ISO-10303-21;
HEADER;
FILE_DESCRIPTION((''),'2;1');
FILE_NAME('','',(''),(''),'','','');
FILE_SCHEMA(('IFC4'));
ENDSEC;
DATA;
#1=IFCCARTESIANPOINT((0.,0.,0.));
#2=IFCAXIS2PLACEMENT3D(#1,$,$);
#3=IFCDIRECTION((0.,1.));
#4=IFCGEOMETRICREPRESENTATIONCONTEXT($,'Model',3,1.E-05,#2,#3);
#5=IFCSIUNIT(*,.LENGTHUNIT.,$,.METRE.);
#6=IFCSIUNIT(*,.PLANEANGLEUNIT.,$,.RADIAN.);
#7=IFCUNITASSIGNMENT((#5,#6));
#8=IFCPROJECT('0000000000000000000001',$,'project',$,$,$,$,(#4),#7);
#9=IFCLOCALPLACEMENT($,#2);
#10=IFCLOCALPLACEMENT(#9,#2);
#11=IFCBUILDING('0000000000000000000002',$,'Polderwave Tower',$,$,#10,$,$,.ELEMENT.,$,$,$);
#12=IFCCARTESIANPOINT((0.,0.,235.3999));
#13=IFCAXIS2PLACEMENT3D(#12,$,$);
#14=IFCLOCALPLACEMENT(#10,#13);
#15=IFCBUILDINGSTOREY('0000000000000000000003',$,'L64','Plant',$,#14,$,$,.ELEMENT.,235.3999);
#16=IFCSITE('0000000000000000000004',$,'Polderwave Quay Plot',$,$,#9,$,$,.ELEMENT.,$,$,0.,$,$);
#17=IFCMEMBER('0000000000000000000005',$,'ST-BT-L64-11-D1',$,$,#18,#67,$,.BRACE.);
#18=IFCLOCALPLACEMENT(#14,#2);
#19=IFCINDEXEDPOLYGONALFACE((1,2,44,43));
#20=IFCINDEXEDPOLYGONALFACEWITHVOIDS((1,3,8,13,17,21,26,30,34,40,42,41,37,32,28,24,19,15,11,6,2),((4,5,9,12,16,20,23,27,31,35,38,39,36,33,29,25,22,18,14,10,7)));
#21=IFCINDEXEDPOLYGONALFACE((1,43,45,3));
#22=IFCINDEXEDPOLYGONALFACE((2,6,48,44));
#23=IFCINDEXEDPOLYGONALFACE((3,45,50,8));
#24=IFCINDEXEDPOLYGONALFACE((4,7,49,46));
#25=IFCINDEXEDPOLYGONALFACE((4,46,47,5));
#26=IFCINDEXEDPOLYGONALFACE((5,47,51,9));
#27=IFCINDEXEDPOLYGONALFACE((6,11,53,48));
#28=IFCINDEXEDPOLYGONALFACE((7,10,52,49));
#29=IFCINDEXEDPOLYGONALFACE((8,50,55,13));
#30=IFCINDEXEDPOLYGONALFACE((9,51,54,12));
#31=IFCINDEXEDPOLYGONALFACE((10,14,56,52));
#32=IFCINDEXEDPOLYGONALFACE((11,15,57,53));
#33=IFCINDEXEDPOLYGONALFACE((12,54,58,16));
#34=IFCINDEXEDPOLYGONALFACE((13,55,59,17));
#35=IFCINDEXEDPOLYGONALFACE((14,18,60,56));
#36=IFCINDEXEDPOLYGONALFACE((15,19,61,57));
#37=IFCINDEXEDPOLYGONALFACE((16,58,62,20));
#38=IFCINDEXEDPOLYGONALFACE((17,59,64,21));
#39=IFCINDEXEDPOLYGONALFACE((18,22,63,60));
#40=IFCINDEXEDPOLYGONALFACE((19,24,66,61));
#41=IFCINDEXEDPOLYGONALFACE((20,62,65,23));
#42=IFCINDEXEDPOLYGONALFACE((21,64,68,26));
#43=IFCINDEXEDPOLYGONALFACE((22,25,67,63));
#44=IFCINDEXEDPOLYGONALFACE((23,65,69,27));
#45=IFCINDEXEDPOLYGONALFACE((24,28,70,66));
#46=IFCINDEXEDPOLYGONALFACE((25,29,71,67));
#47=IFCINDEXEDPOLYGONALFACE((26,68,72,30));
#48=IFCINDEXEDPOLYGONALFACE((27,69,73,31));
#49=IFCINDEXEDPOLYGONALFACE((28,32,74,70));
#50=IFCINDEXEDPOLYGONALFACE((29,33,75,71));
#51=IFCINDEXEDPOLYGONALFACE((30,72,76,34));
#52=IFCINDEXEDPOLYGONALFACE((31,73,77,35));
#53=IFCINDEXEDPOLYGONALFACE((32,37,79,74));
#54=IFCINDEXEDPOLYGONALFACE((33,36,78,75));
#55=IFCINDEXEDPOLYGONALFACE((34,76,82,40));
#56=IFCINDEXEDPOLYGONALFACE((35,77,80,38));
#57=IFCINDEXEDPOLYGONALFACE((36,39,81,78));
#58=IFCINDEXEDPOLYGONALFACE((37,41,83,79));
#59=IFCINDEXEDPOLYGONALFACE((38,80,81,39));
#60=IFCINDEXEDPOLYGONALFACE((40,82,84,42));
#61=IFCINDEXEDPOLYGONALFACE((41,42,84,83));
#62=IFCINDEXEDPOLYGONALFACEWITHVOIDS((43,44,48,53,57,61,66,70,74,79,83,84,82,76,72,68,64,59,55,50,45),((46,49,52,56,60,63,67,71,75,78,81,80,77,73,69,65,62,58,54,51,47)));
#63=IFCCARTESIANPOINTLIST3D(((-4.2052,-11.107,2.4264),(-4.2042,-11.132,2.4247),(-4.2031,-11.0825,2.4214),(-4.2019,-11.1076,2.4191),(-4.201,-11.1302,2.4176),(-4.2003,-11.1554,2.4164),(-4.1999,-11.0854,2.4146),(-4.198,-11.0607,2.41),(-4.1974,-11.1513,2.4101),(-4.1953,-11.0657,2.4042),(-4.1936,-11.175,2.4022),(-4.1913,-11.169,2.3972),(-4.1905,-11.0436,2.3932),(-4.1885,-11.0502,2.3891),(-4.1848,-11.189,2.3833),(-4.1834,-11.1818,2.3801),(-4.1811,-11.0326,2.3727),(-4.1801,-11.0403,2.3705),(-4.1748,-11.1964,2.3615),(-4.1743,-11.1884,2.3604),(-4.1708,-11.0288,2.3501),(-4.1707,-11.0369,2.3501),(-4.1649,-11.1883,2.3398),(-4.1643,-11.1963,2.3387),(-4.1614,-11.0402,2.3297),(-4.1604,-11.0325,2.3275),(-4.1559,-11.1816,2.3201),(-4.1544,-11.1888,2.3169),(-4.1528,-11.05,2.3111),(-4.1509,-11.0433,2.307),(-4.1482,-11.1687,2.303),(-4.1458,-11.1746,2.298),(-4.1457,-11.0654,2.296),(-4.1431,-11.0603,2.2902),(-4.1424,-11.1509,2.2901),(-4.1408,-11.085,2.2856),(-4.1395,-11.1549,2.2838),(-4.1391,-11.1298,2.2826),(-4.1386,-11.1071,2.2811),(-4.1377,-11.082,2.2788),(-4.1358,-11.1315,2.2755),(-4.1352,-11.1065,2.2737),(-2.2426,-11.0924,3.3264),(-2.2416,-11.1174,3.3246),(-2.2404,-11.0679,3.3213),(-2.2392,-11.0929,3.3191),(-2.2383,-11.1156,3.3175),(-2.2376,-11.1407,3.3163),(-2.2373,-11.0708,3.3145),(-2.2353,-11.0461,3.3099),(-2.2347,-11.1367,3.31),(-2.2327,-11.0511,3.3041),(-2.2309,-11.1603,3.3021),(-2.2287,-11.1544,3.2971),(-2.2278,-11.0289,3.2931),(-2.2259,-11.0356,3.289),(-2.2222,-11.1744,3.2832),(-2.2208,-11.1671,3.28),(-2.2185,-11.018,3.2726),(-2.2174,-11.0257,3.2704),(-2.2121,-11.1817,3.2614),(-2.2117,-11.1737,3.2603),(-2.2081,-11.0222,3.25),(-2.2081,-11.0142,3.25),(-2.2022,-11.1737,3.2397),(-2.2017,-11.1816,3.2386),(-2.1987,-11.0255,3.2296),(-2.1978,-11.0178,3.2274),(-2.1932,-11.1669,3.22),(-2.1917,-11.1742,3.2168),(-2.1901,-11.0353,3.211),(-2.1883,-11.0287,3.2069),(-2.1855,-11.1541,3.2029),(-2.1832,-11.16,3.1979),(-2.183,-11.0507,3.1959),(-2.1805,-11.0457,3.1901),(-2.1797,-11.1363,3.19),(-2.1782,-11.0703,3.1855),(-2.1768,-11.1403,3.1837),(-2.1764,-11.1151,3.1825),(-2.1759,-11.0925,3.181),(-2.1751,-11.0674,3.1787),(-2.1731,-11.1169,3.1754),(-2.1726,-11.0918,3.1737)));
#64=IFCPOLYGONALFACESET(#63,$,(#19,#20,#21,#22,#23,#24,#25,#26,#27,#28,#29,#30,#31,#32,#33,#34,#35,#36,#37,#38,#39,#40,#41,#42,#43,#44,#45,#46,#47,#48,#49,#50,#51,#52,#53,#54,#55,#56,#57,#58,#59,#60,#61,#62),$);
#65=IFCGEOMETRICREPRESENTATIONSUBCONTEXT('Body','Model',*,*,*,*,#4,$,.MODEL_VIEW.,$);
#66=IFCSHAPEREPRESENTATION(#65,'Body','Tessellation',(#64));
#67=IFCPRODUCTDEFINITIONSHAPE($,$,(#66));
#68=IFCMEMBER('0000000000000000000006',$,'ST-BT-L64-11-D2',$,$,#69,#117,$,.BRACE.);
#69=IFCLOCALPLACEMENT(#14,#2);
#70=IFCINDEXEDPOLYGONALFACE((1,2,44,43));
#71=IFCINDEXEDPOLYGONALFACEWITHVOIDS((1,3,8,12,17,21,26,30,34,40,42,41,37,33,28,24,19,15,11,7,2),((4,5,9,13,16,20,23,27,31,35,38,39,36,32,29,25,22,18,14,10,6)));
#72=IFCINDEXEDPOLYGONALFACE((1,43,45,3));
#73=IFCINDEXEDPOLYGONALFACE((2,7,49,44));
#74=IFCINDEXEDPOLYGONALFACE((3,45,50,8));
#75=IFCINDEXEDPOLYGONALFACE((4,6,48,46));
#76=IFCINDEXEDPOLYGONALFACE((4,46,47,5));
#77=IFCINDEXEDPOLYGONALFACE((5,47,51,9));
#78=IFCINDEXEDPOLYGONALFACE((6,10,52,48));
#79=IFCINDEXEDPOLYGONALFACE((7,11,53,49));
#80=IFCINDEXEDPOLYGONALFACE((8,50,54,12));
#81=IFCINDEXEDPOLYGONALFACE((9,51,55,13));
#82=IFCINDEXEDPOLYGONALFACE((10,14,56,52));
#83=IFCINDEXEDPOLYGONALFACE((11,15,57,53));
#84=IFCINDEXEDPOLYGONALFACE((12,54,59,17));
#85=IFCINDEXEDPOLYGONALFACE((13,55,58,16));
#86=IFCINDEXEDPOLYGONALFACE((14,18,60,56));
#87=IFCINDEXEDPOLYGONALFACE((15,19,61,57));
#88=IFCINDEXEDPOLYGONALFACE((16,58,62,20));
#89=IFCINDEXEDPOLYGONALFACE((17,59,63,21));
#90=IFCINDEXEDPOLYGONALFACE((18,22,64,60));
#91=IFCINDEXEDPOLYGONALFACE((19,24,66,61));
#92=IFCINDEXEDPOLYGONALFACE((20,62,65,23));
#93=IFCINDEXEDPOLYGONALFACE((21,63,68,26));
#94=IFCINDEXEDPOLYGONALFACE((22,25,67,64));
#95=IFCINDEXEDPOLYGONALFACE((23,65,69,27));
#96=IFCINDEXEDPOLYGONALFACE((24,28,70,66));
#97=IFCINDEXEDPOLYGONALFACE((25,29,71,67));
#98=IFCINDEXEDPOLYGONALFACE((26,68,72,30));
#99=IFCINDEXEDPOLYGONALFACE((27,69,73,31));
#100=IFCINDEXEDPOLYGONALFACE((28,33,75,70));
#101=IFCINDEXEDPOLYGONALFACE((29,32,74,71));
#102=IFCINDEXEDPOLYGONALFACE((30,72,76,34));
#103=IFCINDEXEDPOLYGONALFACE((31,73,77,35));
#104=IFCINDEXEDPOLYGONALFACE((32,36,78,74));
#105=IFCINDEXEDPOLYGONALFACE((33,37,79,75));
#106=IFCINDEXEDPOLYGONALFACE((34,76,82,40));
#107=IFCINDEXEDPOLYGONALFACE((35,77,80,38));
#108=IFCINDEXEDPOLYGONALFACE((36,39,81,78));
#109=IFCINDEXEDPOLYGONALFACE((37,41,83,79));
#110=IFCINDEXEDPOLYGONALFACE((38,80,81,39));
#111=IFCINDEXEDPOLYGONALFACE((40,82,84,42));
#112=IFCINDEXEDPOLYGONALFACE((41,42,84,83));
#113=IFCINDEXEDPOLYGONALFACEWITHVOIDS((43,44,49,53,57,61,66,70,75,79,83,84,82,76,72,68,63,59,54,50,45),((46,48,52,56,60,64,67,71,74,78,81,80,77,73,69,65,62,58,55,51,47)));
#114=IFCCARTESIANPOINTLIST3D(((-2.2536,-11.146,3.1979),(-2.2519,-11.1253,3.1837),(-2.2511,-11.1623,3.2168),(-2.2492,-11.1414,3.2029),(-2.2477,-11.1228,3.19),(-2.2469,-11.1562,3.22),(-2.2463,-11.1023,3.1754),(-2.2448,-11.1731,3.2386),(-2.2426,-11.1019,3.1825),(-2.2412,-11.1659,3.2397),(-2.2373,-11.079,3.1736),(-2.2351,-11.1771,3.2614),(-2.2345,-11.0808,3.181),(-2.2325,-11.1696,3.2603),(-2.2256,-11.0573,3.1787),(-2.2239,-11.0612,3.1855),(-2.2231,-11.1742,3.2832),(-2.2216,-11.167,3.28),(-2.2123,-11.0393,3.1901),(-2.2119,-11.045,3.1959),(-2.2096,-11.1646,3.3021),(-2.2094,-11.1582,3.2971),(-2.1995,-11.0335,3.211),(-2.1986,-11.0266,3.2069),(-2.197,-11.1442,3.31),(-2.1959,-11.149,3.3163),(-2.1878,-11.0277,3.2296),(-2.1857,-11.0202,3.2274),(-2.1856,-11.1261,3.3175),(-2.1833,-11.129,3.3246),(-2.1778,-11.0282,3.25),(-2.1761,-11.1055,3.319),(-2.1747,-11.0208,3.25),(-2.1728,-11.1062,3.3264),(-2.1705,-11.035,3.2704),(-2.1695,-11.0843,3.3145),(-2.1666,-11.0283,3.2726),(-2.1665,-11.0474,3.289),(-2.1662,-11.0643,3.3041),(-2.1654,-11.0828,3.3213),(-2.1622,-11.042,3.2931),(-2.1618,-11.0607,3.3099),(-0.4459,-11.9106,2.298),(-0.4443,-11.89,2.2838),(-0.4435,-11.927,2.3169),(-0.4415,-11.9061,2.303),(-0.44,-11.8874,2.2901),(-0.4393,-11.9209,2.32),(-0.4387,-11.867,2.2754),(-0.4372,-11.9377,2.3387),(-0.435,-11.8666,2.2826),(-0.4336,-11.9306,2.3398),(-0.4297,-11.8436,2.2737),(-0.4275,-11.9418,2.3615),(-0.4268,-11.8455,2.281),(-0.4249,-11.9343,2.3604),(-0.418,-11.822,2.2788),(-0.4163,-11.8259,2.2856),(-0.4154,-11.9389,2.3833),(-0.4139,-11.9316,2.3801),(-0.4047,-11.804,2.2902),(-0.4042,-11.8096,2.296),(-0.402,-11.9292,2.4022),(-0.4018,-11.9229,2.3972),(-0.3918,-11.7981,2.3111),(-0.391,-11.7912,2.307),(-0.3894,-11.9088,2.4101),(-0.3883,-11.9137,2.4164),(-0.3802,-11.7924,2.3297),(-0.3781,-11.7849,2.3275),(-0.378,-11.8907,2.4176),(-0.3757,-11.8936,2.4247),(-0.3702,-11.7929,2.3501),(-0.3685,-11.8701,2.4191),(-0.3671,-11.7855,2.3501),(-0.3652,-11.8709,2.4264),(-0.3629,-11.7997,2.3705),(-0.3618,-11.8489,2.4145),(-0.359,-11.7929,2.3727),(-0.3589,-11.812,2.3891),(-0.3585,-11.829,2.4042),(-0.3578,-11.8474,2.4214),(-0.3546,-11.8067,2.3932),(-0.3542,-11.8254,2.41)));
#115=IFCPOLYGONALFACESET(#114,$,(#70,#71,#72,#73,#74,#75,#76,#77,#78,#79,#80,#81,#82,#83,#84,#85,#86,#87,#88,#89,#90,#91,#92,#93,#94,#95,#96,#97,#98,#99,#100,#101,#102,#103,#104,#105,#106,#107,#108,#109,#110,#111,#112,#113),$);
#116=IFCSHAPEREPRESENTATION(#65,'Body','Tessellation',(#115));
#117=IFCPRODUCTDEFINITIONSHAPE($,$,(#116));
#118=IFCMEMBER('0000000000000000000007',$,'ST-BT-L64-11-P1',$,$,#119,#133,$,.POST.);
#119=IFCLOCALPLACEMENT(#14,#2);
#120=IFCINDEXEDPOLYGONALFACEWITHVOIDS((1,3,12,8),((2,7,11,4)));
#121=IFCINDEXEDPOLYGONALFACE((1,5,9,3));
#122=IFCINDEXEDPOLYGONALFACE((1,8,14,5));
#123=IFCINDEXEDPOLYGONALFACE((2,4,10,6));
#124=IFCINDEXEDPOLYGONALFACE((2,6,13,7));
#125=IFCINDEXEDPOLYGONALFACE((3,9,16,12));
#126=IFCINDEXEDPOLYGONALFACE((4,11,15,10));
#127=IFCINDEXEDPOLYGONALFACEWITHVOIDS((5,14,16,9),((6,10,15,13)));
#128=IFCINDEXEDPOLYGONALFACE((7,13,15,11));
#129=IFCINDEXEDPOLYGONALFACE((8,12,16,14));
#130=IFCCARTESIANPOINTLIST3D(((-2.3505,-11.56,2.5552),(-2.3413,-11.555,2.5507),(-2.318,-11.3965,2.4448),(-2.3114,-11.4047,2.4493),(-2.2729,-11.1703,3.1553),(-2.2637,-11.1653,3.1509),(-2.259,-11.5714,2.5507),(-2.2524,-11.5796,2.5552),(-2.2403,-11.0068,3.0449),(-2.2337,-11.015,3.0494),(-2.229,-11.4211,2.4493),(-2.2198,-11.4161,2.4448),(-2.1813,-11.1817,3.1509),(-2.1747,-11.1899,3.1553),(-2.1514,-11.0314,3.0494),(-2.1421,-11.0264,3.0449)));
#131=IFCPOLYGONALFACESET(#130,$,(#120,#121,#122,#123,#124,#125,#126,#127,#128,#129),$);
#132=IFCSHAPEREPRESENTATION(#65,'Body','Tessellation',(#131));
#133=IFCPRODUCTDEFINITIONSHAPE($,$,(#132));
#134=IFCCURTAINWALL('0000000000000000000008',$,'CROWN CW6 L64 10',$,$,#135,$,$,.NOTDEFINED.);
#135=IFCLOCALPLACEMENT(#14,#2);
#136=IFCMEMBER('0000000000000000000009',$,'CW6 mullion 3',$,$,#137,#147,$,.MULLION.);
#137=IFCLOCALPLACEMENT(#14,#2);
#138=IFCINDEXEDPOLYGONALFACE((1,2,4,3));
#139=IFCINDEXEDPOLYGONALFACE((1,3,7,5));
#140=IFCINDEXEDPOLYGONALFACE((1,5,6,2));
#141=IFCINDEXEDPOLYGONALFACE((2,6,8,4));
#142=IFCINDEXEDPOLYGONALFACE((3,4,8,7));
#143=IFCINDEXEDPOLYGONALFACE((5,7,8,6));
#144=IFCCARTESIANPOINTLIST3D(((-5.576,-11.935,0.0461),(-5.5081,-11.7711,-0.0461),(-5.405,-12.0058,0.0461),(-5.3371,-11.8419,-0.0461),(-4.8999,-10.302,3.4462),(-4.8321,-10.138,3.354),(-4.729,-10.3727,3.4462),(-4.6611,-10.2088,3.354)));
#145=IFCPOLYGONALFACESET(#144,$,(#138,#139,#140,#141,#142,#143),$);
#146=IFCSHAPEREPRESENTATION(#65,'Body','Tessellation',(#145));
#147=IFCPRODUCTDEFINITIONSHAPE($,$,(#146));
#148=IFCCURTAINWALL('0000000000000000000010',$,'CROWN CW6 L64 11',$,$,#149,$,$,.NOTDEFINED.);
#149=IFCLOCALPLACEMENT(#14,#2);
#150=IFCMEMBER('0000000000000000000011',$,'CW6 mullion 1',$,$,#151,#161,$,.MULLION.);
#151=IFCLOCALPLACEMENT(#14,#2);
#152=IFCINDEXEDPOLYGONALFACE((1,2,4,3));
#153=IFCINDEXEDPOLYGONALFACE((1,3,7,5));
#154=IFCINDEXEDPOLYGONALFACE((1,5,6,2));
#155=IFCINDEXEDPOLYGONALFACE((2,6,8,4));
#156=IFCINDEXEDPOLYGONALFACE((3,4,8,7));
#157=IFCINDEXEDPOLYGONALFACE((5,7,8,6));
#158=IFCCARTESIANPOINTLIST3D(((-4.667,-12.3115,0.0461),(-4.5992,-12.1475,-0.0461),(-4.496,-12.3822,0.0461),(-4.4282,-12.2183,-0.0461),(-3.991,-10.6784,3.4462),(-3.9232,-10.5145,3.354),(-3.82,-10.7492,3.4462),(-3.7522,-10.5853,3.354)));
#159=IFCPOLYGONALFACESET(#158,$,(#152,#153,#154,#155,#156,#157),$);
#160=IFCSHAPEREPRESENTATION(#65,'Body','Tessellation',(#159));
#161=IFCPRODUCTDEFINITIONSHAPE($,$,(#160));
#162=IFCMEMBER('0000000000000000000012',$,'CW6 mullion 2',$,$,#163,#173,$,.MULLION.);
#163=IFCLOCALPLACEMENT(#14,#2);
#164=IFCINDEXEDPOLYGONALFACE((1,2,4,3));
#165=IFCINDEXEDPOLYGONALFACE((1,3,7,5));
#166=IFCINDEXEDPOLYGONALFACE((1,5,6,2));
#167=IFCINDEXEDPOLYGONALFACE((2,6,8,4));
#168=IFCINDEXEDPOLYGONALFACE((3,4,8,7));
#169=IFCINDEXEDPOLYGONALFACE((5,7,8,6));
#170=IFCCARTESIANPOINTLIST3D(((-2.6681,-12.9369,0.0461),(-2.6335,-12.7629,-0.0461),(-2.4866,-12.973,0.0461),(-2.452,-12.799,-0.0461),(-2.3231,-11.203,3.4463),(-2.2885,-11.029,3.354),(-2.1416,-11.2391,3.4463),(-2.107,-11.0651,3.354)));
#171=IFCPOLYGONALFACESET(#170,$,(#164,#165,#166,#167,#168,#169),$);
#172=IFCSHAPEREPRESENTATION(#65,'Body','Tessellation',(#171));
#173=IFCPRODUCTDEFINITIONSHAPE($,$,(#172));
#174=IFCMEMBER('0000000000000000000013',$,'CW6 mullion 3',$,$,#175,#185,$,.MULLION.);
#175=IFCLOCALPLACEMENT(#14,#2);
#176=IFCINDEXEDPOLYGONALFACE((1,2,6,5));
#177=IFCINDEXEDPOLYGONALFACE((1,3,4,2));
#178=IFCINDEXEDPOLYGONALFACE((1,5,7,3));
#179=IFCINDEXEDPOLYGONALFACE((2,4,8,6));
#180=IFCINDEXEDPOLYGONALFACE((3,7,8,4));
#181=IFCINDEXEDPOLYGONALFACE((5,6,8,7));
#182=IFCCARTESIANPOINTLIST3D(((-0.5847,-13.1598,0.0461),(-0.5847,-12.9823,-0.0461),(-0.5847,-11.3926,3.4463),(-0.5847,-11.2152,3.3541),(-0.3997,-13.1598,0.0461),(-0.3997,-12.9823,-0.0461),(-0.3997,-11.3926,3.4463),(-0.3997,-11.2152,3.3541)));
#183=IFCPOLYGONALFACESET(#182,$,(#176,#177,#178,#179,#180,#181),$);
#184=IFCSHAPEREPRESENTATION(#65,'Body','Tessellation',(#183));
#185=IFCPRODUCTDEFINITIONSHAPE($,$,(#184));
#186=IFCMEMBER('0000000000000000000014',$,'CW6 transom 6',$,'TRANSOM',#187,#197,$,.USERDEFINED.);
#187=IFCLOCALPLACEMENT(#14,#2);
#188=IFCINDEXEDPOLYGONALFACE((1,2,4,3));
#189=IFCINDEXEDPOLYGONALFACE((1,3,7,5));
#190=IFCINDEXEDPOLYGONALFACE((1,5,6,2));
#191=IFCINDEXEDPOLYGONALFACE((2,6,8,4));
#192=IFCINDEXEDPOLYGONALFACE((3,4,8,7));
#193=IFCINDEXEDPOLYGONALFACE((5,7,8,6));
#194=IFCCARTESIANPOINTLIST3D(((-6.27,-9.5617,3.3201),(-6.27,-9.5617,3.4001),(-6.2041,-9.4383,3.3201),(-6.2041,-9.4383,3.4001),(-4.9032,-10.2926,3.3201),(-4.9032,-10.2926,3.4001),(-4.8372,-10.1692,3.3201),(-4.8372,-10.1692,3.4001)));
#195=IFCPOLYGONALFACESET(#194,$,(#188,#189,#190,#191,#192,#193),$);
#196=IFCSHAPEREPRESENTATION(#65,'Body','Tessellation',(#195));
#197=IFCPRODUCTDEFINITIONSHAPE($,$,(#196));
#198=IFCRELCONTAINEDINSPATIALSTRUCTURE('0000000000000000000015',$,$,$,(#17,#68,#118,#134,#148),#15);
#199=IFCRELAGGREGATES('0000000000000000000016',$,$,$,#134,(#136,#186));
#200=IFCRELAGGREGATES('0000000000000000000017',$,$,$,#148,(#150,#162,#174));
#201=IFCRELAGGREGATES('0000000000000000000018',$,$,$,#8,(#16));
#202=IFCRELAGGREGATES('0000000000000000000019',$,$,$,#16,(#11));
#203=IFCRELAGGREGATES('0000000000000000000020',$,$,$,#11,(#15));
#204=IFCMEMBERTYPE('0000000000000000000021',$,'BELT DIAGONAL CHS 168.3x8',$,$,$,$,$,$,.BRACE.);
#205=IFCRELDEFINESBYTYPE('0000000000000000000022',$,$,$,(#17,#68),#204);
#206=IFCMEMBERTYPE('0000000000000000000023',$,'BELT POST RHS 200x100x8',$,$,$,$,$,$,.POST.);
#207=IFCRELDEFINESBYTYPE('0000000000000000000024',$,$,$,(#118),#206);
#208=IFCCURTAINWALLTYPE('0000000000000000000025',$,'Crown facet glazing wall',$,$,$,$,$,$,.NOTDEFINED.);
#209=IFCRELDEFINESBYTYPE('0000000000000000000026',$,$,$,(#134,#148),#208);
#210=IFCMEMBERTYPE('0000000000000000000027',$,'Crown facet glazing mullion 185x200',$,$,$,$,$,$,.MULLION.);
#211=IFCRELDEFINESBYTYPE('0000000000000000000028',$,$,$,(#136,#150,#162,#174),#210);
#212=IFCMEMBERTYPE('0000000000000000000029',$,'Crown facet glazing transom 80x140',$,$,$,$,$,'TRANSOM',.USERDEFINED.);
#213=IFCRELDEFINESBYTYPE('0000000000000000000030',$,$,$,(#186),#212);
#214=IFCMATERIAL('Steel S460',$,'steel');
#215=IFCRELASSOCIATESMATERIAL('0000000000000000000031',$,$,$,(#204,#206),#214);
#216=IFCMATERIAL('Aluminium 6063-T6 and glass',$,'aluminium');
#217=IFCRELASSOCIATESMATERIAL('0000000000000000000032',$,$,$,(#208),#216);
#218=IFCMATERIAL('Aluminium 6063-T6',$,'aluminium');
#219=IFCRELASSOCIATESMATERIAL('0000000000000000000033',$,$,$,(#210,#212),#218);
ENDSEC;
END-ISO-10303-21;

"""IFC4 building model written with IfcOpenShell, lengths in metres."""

from ifc_helpers import new_model, si_unit, direction, frame, origin, origin_2d, place, context, subcontext, project, spatial, rectangle, hollow_rectangle, hollow_circle, extrude, material, material_profile, profile_set, type_object, element, aggregate, save


model = new_model("IFC4")

# Units and contexts
model_context = context("Model", 3, precision=1e-05, world=origin(), true_north=direction((0.0, 1.0)))
body_context = subcontext(model_context, "Body", "Model", "MODEL_VIEW")
ifc_project = project(units=[si_unit("LENGTHUNIT", "METRE"), si_unit("PLANEANGLEUNIT", "RADIAN")], contexts=[model_context])

# Site, building, storey
site_placement = place(None, origin())
site = spatial("IfcSite", under=ifc_project, at=site_placement, Name="Polderwave Quay Plot", CompositionType="ELEMENT", RefElevation=0.0)
building_placement = place(site_placement, origin())
building = spatial("IfcBuilding", under=site, at=building_placement, Name="Polderwave Tower", CompositionType="ELEMENT")
storey_placement = place(building_placement, frame((0.0, 0.0, 235.3999)))
storey = spatial("IfcBuildingStorey", under=building, at=storey_placement, Name="L64", Description="Plant", CompositionType="ELEMENT", Elevation=235.3999)

# Members
ifc_material_1 = material(Name="Steel S460", Category="steel")
ifc_material_profile_1 = material_profile(ifc_material_1, hollow_circle(Radius=0.0842, WallThickness=0.0081, at=origin_2d()), Name="CHS 168.3x8")
ifc_profile_set_1 = profile_set([ifc_material_profile_1], Name="Steel S460")
member_type_1 = type_object("IfcMemberType", Name="BELT DIAGONAL CHS 168.3x8", PredefinedType="BRACE", material=ifc_profile_set_1)
for number, where, z_axis, x_axis, name in (
    (1, (-4.1702, -11.113, 2.3501), (0.908981, 0.006784, 0.416781), (-0.007463, 0.999972, 0.0), "ST-BT-L64-11-D1"),
    (2, (-2.2075, -11.0984, 3.25), (0.837184, -0.354141, -0.416783), (0.389591, 0.920988, 0.0), "ST-BT-L64-11-D2"),
):
    element("IfcMember", number, at=place(storey_placement, frame(where, z_axis=z_axis, x_axis=x_axis)), inside=storey, type_object=member_type_1, Name=name, PredefinedType="BRACE", context=body_context, shape_type="SweptSolid", body=[
        extrude(hollow_circle(Radius=0.0842, WallThickness=0.0081, at=origin_2d()), origin(), (0.0, 0.0, 1.0), 2.1592),
    ])
ifc_material_profile_2 = material_profile(ifc_material_1, hollow_rectangle(XDim=0.1001, YDim=0.2, WallThickness=0.0081, at=origin_2d()), Name="RHS 200x100x8")
ifc_profile_set_2 = profile_set([ifc_material_profile_2], Name="Steel S460")
member_type_2 = type_object("IfcMemberType", Name="BELT POST RHS 200x100x8", PredefinedType="POST", material=ifc_profile_set_2)
member_1_placement = place(storey_placement, frame((-2.2852, -11.488, 2.5), z_axis=(0.107873, 0.541403, 0.833814), x_axis=(-0.980722, 0.195407, 0.0)))
element("IfcMember", 3, at=member_1_placement, inside=storey, type_object=member_type_2, Name="ST-BT-L64-11-P1", PredefinedType="POST", context=body_context, shape_type="SweptSolid", body=[
    extrude(hollow_rectangle(XDim=0.1001, YDim=0.2, WallThickness=0.0081, at=origin_2d()), origin(), (0.0, 0.0, 1.0), 0.7197),
])

# Curtain wall, member
ifc_material_2 = material(Name="Aluminium 6063-T6 and glass", Category="aluminium")
curtain_wall_type = type_object("IfcCurtainWallType", Name="Crown facet glazing wall", PredefinedType="NOTDEFINED", material=ifc_material_2)
curtain_wall_1_placement = place(storey_placement, origin())
curtain_wall_1 = element("IfcCurtainWall", 4, at=curtain_wall_1_placement, inside=storey, type_object=curtain_wall_type, Name="CROWN CW6 L64 10", PredefinedType="NOTDEFINED")
ifc_material_3 = material(Name="Aluminium 6063-T6", Category="aluminium")
ifc_material_profile_3 = material_profile(ifc_material_3, rectangle(XDim=0.1851, YDim=0.2, at=origin_2d()), Name="AL 185x200")
ifc_profile_set_3 = profile_set([ifc_material_profile_3], Name="Aluminium 6063-T6")
member_type_3 = type_object("IfcMemberType", Name="Crown facet glazing mullion 185x200", PredefinedType="MULLION", material=ifc_profile_set_3)
member_2_placement = place(storey_placement, frame((-5.4565, -11.8884, 0.0), z_axis=(0.176412, 0.426153, 0.887284), x_axis=(-0.923961, 0.382486, 0.0)))
member_2 = element("IfcMember", 5, at=member_2_placement, type_object=member_type_3, Name="CW6 mullion 3", PredefinedType="MULLION", context=body_context, shape_type="SweptSolid", body=[
    extrude(rectangle(XDim=0.1851, YDim=0.2, at=origin_2d()), origin(), (0.0, 0.0, 1.0), 3.832),
])

# Curtain wall, members
curtain_wall_2_placement = place(storey_placement, origin())
curtain_wall_2 = element("IfcCurtainWall", 6, at=curtain_wall_2_placement, inside=storey, type_object=curtain_wall_type, Name="CROWN CW6 L64 11", PredefinedType="NOTDEFINED")
member_3_placement = place(storey_placement, frame((-4.5476, -12.2649, 0.0), z_axis=(0.176412, 0.426153, 0.887284), x_axis=(-0.923961, 0.382486, 0.0)))
member_3 = element("IfcMember", 7, at=member_3_placement, type_object=member_type_3, Name="CW6 mullion 1", PredefinedType="MULLION", context=body_context, shape_type="SweptSolid", body=[
    extrude(rectangle(XDim=0.1851, YDim=0.2, at=origin_2d()), origin(), (0.0, 0.0, 1.0), 3.832),
])
member_4_placement = place(storey_placement, frame((-2.5601, -12.8679, 0.0), z_axis=(0.090017, 0.452443, 0.887239), x_axis=(-0.980777, 0.195133, 0.0)))
member_4 = element("IfcMember", 8, at=member_4_placement, type_object=member_type_3, Name="CW6 mullion 2", PredefinedType="MULLION", context=body_context, shape_type="SweptSolid", body=[
    extrude(rectangle(XDim=0.1851, YDim=0.2, at=origin_2d()), origin(), (0.0, 0.0, 1.0), 3.8323),
])
member_5_placement = place(storey_placement, frame((-0.4922, -13.071, 0.0), z_axis=(0.0, 0.46115, 0.887322), x_axis=(-1.0, 0.0, 0.0)))
member_5 = element("IfcMember", 9, at=member_5_placement, type_object=member_type_3, Name="CW6 mullion 3", PredefinedType="MULLION", context=body_context, shape_type="SweptSolid", body=[
    extrude(rectangle(XDim=0.1851, YDim=0.2, at=origin_2d()), origin(), (0.0, 0.0, 1.0), 3.832),
])

# Member
ifc_material_profile_4 = material_profile(ifc_material_3, rectangle(XDim=0.1399, YDim=0.0801, at=origin_2d()), Name="AL 80x140")
ifc_profile_set_4 = profile_set([ifc_material_profile_4], Name="Aluminium 6063-T6")
member_type_4 = type_object("IfcMemberType", Name="Crown facet glazing transom 80x140", ElementType="TRANSOM", PredefinedType="USERDEFINED", material=ifc_profile_set_4)
member_6_placement = place(storey_placement, frame((-6.2371, -9.5, 3.3601), z_axis=(0.881838, -0.471553, 0.0), x_axis=(0.471553, 0.881838, 0.0)))
member_6 = element("IfcMember", 10, at=member_6_placement, type_object=member_type_4, Name="CW6 transom 6", ObjectType="TRANSOM", PredefinedType="USERDEFINED", context=body_context, shape_type="SweptSolid", body=[
    extrude(rectangle(XDim=0.1399, YDim=0.0801, at=origin_2d()), origin(), (0.0, 0.0, 1.0), 1.55),
])
aggregate(curtain_wall_1, [member_2, member_6])

aggregate(curtain_wall_2, [member_3, member_4, member_5])

save(model, "model.ifc")
